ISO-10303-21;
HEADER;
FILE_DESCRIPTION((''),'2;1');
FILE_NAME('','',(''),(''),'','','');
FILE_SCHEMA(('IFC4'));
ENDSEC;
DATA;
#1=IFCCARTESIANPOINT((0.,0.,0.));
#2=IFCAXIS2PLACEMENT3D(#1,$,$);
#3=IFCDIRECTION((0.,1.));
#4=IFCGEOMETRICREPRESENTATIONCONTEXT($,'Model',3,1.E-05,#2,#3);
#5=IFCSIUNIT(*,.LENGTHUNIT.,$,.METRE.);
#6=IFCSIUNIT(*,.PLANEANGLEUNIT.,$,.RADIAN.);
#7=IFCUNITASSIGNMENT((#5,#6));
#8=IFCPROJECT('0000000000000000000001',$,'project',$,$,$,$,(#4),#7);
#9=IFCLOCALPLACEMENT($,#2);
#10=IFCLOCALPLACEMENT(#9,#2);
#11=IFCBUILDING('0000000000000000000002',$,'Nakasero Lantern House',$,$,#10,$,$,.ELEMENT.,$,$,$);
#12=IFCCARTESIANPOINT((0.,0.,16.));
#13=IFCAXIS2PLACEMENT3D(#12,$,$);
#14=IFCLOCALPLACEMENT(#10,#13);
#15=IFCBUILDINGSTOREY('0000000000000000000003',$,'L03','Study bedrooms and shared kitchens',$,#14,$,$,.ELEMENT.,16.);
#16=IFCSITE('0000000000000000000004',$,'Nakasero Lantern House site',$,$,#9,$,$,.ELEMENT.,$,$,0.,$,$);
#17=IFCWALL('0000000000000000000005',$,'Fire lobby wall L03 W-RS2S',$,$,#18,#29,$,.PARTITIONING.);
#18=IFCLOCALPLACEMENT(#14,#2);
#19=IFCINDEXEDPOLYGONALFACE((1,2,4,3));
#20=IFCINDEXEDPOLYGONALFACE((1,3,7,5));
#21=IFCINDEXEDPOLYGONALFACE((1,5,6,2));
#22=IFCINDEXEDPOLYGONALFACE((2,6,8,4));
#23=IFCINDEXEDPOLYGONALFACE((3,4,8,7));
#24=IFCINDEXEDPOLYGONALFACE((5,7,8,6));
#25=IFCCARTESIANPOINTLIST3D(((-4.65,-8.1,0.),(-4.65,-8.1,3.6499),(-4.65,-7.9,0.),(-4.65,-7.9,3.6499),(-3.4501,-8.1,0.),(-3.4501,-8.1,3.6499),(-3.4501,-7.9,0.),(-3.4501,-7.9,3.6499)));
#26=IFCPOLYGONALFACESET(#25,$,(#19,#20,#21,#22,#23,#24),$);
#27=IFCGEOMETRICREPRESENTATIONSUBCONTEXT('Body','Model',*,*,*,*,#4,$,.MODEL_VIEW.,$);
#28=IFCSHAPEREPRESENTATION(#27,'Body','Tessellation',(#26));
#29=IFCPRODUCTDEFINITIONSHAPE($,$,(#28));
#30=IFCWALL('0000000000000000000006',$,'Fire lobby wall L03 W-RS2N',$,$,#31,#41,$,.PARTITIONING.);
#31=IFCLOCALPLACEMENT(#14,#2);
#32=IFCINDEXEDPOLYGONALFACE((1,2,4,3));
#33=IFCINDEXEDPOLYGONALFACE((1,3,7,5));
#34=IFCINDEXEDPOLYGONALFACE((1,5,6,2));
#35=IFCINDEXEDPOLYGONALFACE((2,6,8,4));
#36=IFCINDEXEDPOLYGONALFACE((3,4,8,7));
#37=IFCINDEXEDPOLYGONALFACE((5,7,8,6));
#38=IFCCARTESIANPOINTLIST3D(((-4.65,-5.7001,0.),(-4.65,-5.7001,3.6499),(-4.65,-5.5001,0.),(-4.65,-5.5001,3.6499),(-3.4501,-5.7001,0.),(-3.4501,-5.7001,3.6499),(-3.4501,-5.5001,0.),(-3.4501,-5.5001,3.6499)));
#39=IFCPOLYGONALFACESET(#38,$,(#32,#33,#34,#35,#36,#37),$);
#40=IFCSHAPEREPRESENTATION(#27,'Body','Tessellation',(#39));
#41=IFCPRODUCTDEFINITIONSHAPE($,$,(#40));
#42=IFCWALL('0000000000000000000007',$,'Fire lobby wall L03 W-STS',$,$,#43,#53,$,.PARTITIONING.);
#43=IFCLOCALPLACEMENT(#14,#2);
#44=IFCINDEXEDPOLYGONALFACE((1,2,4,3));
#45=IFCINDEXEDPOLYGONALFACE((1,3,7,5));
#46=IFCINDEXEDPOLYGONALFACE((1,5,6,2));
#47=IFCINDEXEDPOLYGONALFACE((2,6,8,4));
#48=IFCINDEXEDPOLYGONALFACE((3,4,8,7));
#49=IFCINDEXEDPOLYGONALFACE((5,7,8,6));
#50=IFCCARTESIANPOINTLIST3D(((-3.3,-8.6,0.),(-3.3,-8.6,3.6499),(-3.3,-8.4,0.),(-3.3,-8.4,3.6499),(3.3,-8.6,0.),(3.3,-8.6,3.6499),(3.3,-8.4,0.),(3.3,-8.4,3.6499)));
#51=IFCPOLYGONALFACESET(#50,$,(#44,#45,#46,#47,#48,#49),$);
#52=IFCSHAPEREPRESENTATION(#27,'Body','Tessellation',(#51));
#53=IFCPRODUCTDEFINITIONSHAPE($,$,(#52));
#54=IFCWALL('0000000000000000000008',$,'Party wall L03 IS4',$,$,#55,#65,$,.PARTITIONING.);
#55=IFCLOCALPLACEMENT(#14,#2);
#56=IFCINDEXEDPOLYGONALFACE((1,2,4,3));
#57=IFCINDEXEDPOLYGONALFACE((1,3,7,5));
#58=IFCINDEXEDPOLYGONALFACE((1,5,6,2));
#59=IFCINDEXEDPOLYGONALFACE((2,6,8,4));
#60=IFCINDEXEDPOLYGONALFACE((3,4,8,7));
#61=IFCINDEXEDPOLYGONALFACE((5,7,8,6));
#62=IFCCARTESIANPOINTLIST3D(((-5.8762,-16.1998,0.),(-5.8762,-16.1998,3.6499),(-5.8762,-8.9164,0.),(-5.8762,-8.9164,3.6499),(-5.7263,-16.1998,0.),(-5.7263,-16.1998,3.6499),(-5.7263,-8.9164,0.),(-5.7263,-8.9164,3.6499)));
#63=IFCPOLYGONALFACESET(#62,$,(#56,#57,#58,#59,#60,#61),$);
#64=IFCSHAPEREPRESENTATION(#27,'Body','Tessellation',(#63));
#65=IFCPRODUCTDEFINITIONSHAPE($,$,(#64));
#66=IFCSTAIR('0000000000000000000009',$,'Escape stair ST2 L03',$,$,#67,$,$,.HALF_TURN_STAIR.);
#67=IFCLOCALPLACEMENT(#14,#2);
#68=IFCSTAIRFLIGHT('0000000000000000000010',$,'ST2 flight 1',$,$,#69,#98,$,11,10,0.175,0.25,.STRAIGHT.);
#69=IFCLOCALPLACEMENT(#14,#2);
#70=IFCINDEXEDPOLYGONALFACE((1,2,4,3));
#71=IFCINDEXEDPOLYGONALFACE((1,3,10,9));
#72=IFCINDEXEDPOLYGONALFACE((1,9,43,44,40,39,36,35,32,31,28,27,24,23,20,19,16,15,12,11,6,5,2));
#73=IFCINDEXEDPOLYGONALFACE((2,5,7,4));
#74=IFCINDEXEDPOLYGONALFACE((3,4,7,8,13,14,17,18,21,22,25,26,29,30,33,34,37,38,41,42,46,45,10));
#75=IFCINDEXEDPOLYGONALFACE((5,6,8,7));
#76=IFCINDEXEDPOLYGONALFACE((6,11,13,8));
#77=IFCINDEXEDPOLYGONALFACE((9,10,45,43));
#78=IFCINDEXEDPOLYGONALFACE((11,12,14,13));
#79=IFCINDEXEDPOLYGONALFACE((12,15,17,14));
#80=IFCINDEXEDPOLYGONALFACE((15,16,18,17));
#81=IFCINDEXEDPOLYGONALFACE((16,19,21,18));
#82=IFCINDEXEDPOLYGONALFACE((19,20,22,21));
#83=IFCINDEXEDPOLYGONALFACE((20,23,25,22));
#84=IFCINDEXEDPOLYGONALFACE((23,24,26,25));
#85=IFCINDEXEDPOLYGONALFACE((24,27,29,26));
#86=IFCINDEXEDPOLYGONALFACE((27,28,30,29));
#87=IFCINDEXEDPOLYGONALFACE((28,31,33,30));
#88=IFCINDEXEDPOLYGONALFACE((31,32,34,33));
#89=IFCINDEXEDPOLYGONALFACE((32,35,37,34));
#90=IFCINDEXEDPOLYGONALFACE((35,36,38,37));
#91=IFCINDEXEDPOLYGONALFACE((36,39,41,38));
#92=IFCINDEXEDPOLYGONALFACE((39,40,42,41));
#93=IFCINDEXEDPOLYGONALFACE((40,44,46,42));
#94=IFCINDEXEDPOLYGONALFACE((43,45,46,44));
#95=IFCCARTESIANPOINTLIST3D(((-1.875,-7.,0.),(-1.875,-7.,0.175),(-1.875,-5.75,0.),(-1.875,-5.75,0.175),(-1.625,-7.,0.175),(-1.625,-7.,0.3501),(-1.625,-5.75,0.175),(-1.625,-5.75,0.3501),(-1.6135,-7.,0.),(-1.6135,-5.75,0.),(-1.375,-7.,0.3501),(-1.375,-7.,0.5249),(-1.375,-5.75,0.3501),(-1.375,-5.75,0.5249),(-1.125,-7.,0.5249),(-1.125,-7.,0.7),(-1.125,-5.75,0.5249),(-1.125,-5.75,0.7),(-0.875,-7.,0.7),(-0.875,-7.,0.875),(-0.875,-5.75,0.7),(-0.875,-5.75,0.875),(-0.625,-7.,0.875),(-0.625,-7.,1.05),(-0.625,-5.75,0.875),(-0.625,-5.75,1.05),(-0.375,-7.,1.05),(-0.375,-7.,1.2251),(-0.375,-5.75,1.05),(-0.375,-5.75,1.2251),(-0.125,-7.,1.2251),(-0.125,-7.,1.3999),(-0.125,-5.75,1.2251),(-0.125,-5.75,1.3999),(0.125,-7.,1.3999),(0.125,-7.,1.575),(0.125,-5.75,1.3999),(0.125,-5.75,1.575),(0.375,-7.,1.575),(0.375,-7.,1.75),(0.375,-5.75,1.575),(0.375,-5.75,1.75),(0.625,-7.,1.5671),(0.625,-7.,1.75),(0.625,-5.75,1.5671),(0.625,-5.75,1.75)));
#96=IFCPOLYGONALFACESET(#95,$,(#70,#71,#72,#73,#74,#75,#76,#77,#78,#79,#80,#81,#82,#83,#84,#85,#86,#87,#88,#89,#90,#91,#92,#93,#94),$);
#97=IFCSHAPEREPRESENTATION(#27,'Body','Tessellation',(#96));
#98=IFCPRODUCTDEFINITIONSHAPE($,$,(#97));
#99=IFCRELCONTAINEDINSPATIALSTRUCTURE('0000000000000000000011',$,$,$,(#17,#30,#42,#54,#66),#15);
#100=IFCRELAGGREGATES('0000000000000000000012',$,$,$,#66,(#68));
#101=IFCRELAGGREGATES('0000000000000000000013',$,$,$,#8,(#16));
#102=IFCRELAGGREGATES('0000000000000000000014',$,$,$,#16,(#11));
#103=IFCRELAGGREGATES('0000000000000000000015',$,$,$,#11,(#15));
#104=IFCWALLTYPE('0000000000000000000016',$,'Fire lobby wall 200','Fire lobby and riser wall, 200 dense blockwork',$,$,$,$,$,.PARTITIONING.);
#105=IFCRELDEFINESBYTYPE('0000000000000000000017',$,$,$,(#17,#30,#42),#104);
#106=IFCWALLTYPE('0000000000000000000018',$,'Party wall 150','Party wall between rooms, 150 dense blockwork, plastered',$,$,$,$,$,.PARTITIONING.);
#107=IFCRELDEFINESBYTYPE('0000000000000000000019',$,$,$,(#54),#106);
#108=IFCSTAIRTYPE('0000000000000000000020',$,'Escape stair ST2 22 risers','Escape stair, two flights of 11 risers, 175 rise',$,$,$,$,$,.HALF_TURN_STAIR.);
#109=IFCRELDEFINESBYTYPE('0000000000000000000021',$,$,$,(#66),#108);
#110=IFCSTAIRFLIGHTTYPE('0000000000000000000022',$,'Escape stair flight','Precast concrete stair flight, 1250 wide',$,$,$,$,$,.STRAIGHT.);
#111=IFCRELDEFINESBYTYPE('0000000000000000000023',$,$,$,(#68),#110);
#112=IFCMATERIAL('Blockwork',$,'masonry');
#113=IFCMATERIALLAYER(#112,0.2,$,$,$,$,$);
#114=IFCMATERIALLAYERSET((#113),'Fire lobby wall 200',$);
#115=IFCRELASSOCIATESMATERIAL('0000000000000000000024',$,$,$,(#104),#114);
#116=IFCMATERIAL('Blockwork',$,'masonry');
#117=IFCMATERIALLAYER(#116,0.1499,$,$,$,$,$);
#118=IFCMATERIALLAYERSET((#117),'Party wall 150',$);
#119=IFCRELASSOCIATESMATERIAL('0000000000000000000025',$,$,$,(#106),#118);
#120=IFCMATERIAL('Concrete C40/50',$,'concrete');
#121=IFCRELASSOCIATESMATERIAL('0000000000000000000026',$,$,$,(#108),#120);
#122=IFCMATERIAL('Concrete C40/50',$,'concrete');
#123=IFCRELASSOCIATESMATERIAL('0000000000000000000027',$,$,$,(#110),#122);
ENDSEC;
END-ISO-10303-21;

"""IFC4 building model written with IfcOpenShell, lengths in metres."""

from ifc_helpers import new_model, si_unit, direction, frame, frame_2d, origin, place, context, subcontext, project, spatial, polyline, rectangle, outline, extrude, material, layer, layer_set, type_object, element, aggregate, save


model = new_model("IFC4")

# Units and contexts
model_context = context("Model", 3, precision=1e-05, world=origin(), true_north=direction((0.0, 1.0)))
body_context = subcontext(model_context, "Body", "Model", "MODEL_VIEW")
ifc_project = project(units=[si_unit("LENGTHUNIT", "METRE"), si_unit("PLANEANGLEUNIT", "RADIAN")], contexts=[model_context])

# Site, building, storey
site_placement = place(None, origin())
site = spatial("IfcSite", under=ifc_project, at=site_placement, Name="Nakasero Lantern House site", CompositionType="ELEMENT", RefElevation=0.0)
building_placement = place(site_placement, origin())
building = spatial("IfcBuilding", under=site, at=building_placement, Name="Nakasero Lantern House", CompositionType="ELEMENT")
storey_placement = place(building_placement, frame((0.0, 0.0, 16.0)))
storey = spatial("IfcBuildingStorey", under=building, at=storey_placement, Name="L03", Description="Study bedrooms and shared kitchens", CompositionType="ELEMENT", Elevation=16.0)

# Shared definitions
ifc_material_1 = material(Name="Blockwork", Category="masonry")
ifc_layer_1 = layer(ifc_material_1, 0.2)
ifc_layer_set_1 = layer_set([ifc_layer_1], Name="Fire lobby wall 200")
wall_type_1 = type_object("IfcWallType", Name="Fire lobby wall 200", Description="Fire lobby and riser wall, 200 dense blockwork", PredefinedType="PARTITIONING", material=ifc_layer_set_1)

# Walls
for number, where, z_axis, x_axis, name in (
    (1, (-3.45, -8.0, 0.0), (0.0, 0.0, 1.0), (-1.0, 0.0, 0.0), "Fire lobby wall L03 W-RS2S"),
    (2, (-3.45, -5.6001, 0.0), (0.0, 0.0, 1.0), (-1.0, 0.0, 0.0), "Fire lobby wall L03 W-RS2N"),
):
    element("IfcWall", number, at=place(storey_placement, frame(where, z_axis=z_axis, x_axis=x_axis)), inside=storey, type_object=wall_type_1, Name=name, PredefinedType="PARTITIONING", context=body_context, shape_type="SweptSolid", body=[
        extrude(rectangle(XDim=1.2, YDim=0.2, at=frame_2d((0.6001, 0.0))), origin(), (0.0, 0.0, 1.0), 3.6499),
    ])
wall_1_placement = place(storey_placement, frame((-3.3, -8.5, 0.0), z_axis=(0.0, 0.0, 1.0), x_axis=(1.0, 0.0, 0.0)))
element("IfcWall", 3, at=wall_1_placement, inside=storey, type_object=wall_type_1, Name="Fire lobby wall L03 W-STS", PredefinedType="PARTITIONING", context=body_context, shape_type="SweptSolid", body=[
    extrude(rectangle(XDim=6.6001, YDim=0.2, at=frame_2d((3.3, 0.0))), origin(), (0.0, 0.0, 1.0), 3.6499),
])
ifc_material_2 = material(Name="Blockwork", Category="masonry")
ifc_layer_2 = layer(ifc_material_2, 0.1499)
ifc_layer_set_2 = layer_set([ifc_layer_2], Name="Party wall 150")
wall_type_2 = type_object("IfcWallType", Name="Party wall 150", Description="Party wall between rooms, 150 dense blockwork, plastered", PredefinedType="PARTITIONING", material=ifc_layer_set_2)
wall_2_placement = place(storey_placement, frame((-5.8013, -8.9165, 0.0), z_axis=(0.0, 0.0, 1.0), x_axis=(0.0, -1.0, 0.0)))
element("IfcWall", 4, at=wall_2_placement, inside=storey, type_object=wall_type_2, Name="Party wall L03 IS4", PredefinedType="PARTITIONING", context=body_context, shape_type="SweptSolid", body=[
    extrude(rectangle(XDim=7.2834, YDim=0.1499, at=frame_2d((3.6416, 0.0))), origin(), (0.0, 0.0, 1.0), 3.6499),
])

# Stair, stair flight
ifc_material_3 = material(Name="Concrete C40/50", Category="concrete")
stair_type = type_object("IfcStairType", Name="Escape stair ST2 22 risers", Description="Escape stair, two flights of 11 risers, 175 rise", PredefinedType="HALF_TURN_STAIR", material=ifc_material_3)
stair_placement = place(storey_placement, origin())
stair = element("IfcStair", 5, at=stair_placement, inside=storey, type_object=stair_type, Name="Escape stair ST2 L03", PredefinedType="HALF_TURN_STAIR")
ifc_material_4 = material(Name="Concrete C40/50", Category="concrete")
stair_flight_type = type_object("IfcStairFlightType", Name="Escape stair flight", Description="Precast concrete stair flight, 1250 wide", PredefinedType="STRAIGHT", material=ifc_material_4)
stair_flight_placement = place(storey_placement, frame((-1.875, -6.375, 0.0), z_axis=(0.0, 0.0, 1.0), x_axis=(1.0, 0.0, 0.0)))
stair_flight = element("IfcStairFlight", 6, at=stair_flight_placement, type_object=stair_flight_type, Name="ST2 flight 1", NumberOfRisers=11, NumberOfTreads=10, PredefinedType="STRAIGHT", RiserHeight=0.175, TreadLength=0.25, context=body_context, shape_type="SweptSolid", body=[
    extrude(outline(polyline([(0.0, 0.0), (0.0, 0.175), (0.25, 0.175), (0.25, 0.3501), (0.5, 0.3501), (0.5, 0.5249), (0.75, 0.5249), (0.75, 0.7), (1.0, 0.7), (1.0, 0.875), (1.25, 0.875), (1.25, 1.05), (1.5, 1.05), (1.5, 1.2251), (1.75, 1.2251), (1.75, 1.3999), (2.0, 1.3999), (2.0, 1.575), (2.25, 1.575), (2.25, 1.75), (2.5, 1.75), (2.5, 1.925), (2.5, 1.5671), (0.2615, 0.0), (0.0, 0.0)])), frame((0.0, 0.625, 0.0), z_axis=(0.0, -1.0, 0.0), x_axis=(1.0, 0.0, 0.0)), (0.0, 0.0, 1.0), 1.25),
])
aggregate(stair, [stair_flight])

save(model, "model.ifc")
